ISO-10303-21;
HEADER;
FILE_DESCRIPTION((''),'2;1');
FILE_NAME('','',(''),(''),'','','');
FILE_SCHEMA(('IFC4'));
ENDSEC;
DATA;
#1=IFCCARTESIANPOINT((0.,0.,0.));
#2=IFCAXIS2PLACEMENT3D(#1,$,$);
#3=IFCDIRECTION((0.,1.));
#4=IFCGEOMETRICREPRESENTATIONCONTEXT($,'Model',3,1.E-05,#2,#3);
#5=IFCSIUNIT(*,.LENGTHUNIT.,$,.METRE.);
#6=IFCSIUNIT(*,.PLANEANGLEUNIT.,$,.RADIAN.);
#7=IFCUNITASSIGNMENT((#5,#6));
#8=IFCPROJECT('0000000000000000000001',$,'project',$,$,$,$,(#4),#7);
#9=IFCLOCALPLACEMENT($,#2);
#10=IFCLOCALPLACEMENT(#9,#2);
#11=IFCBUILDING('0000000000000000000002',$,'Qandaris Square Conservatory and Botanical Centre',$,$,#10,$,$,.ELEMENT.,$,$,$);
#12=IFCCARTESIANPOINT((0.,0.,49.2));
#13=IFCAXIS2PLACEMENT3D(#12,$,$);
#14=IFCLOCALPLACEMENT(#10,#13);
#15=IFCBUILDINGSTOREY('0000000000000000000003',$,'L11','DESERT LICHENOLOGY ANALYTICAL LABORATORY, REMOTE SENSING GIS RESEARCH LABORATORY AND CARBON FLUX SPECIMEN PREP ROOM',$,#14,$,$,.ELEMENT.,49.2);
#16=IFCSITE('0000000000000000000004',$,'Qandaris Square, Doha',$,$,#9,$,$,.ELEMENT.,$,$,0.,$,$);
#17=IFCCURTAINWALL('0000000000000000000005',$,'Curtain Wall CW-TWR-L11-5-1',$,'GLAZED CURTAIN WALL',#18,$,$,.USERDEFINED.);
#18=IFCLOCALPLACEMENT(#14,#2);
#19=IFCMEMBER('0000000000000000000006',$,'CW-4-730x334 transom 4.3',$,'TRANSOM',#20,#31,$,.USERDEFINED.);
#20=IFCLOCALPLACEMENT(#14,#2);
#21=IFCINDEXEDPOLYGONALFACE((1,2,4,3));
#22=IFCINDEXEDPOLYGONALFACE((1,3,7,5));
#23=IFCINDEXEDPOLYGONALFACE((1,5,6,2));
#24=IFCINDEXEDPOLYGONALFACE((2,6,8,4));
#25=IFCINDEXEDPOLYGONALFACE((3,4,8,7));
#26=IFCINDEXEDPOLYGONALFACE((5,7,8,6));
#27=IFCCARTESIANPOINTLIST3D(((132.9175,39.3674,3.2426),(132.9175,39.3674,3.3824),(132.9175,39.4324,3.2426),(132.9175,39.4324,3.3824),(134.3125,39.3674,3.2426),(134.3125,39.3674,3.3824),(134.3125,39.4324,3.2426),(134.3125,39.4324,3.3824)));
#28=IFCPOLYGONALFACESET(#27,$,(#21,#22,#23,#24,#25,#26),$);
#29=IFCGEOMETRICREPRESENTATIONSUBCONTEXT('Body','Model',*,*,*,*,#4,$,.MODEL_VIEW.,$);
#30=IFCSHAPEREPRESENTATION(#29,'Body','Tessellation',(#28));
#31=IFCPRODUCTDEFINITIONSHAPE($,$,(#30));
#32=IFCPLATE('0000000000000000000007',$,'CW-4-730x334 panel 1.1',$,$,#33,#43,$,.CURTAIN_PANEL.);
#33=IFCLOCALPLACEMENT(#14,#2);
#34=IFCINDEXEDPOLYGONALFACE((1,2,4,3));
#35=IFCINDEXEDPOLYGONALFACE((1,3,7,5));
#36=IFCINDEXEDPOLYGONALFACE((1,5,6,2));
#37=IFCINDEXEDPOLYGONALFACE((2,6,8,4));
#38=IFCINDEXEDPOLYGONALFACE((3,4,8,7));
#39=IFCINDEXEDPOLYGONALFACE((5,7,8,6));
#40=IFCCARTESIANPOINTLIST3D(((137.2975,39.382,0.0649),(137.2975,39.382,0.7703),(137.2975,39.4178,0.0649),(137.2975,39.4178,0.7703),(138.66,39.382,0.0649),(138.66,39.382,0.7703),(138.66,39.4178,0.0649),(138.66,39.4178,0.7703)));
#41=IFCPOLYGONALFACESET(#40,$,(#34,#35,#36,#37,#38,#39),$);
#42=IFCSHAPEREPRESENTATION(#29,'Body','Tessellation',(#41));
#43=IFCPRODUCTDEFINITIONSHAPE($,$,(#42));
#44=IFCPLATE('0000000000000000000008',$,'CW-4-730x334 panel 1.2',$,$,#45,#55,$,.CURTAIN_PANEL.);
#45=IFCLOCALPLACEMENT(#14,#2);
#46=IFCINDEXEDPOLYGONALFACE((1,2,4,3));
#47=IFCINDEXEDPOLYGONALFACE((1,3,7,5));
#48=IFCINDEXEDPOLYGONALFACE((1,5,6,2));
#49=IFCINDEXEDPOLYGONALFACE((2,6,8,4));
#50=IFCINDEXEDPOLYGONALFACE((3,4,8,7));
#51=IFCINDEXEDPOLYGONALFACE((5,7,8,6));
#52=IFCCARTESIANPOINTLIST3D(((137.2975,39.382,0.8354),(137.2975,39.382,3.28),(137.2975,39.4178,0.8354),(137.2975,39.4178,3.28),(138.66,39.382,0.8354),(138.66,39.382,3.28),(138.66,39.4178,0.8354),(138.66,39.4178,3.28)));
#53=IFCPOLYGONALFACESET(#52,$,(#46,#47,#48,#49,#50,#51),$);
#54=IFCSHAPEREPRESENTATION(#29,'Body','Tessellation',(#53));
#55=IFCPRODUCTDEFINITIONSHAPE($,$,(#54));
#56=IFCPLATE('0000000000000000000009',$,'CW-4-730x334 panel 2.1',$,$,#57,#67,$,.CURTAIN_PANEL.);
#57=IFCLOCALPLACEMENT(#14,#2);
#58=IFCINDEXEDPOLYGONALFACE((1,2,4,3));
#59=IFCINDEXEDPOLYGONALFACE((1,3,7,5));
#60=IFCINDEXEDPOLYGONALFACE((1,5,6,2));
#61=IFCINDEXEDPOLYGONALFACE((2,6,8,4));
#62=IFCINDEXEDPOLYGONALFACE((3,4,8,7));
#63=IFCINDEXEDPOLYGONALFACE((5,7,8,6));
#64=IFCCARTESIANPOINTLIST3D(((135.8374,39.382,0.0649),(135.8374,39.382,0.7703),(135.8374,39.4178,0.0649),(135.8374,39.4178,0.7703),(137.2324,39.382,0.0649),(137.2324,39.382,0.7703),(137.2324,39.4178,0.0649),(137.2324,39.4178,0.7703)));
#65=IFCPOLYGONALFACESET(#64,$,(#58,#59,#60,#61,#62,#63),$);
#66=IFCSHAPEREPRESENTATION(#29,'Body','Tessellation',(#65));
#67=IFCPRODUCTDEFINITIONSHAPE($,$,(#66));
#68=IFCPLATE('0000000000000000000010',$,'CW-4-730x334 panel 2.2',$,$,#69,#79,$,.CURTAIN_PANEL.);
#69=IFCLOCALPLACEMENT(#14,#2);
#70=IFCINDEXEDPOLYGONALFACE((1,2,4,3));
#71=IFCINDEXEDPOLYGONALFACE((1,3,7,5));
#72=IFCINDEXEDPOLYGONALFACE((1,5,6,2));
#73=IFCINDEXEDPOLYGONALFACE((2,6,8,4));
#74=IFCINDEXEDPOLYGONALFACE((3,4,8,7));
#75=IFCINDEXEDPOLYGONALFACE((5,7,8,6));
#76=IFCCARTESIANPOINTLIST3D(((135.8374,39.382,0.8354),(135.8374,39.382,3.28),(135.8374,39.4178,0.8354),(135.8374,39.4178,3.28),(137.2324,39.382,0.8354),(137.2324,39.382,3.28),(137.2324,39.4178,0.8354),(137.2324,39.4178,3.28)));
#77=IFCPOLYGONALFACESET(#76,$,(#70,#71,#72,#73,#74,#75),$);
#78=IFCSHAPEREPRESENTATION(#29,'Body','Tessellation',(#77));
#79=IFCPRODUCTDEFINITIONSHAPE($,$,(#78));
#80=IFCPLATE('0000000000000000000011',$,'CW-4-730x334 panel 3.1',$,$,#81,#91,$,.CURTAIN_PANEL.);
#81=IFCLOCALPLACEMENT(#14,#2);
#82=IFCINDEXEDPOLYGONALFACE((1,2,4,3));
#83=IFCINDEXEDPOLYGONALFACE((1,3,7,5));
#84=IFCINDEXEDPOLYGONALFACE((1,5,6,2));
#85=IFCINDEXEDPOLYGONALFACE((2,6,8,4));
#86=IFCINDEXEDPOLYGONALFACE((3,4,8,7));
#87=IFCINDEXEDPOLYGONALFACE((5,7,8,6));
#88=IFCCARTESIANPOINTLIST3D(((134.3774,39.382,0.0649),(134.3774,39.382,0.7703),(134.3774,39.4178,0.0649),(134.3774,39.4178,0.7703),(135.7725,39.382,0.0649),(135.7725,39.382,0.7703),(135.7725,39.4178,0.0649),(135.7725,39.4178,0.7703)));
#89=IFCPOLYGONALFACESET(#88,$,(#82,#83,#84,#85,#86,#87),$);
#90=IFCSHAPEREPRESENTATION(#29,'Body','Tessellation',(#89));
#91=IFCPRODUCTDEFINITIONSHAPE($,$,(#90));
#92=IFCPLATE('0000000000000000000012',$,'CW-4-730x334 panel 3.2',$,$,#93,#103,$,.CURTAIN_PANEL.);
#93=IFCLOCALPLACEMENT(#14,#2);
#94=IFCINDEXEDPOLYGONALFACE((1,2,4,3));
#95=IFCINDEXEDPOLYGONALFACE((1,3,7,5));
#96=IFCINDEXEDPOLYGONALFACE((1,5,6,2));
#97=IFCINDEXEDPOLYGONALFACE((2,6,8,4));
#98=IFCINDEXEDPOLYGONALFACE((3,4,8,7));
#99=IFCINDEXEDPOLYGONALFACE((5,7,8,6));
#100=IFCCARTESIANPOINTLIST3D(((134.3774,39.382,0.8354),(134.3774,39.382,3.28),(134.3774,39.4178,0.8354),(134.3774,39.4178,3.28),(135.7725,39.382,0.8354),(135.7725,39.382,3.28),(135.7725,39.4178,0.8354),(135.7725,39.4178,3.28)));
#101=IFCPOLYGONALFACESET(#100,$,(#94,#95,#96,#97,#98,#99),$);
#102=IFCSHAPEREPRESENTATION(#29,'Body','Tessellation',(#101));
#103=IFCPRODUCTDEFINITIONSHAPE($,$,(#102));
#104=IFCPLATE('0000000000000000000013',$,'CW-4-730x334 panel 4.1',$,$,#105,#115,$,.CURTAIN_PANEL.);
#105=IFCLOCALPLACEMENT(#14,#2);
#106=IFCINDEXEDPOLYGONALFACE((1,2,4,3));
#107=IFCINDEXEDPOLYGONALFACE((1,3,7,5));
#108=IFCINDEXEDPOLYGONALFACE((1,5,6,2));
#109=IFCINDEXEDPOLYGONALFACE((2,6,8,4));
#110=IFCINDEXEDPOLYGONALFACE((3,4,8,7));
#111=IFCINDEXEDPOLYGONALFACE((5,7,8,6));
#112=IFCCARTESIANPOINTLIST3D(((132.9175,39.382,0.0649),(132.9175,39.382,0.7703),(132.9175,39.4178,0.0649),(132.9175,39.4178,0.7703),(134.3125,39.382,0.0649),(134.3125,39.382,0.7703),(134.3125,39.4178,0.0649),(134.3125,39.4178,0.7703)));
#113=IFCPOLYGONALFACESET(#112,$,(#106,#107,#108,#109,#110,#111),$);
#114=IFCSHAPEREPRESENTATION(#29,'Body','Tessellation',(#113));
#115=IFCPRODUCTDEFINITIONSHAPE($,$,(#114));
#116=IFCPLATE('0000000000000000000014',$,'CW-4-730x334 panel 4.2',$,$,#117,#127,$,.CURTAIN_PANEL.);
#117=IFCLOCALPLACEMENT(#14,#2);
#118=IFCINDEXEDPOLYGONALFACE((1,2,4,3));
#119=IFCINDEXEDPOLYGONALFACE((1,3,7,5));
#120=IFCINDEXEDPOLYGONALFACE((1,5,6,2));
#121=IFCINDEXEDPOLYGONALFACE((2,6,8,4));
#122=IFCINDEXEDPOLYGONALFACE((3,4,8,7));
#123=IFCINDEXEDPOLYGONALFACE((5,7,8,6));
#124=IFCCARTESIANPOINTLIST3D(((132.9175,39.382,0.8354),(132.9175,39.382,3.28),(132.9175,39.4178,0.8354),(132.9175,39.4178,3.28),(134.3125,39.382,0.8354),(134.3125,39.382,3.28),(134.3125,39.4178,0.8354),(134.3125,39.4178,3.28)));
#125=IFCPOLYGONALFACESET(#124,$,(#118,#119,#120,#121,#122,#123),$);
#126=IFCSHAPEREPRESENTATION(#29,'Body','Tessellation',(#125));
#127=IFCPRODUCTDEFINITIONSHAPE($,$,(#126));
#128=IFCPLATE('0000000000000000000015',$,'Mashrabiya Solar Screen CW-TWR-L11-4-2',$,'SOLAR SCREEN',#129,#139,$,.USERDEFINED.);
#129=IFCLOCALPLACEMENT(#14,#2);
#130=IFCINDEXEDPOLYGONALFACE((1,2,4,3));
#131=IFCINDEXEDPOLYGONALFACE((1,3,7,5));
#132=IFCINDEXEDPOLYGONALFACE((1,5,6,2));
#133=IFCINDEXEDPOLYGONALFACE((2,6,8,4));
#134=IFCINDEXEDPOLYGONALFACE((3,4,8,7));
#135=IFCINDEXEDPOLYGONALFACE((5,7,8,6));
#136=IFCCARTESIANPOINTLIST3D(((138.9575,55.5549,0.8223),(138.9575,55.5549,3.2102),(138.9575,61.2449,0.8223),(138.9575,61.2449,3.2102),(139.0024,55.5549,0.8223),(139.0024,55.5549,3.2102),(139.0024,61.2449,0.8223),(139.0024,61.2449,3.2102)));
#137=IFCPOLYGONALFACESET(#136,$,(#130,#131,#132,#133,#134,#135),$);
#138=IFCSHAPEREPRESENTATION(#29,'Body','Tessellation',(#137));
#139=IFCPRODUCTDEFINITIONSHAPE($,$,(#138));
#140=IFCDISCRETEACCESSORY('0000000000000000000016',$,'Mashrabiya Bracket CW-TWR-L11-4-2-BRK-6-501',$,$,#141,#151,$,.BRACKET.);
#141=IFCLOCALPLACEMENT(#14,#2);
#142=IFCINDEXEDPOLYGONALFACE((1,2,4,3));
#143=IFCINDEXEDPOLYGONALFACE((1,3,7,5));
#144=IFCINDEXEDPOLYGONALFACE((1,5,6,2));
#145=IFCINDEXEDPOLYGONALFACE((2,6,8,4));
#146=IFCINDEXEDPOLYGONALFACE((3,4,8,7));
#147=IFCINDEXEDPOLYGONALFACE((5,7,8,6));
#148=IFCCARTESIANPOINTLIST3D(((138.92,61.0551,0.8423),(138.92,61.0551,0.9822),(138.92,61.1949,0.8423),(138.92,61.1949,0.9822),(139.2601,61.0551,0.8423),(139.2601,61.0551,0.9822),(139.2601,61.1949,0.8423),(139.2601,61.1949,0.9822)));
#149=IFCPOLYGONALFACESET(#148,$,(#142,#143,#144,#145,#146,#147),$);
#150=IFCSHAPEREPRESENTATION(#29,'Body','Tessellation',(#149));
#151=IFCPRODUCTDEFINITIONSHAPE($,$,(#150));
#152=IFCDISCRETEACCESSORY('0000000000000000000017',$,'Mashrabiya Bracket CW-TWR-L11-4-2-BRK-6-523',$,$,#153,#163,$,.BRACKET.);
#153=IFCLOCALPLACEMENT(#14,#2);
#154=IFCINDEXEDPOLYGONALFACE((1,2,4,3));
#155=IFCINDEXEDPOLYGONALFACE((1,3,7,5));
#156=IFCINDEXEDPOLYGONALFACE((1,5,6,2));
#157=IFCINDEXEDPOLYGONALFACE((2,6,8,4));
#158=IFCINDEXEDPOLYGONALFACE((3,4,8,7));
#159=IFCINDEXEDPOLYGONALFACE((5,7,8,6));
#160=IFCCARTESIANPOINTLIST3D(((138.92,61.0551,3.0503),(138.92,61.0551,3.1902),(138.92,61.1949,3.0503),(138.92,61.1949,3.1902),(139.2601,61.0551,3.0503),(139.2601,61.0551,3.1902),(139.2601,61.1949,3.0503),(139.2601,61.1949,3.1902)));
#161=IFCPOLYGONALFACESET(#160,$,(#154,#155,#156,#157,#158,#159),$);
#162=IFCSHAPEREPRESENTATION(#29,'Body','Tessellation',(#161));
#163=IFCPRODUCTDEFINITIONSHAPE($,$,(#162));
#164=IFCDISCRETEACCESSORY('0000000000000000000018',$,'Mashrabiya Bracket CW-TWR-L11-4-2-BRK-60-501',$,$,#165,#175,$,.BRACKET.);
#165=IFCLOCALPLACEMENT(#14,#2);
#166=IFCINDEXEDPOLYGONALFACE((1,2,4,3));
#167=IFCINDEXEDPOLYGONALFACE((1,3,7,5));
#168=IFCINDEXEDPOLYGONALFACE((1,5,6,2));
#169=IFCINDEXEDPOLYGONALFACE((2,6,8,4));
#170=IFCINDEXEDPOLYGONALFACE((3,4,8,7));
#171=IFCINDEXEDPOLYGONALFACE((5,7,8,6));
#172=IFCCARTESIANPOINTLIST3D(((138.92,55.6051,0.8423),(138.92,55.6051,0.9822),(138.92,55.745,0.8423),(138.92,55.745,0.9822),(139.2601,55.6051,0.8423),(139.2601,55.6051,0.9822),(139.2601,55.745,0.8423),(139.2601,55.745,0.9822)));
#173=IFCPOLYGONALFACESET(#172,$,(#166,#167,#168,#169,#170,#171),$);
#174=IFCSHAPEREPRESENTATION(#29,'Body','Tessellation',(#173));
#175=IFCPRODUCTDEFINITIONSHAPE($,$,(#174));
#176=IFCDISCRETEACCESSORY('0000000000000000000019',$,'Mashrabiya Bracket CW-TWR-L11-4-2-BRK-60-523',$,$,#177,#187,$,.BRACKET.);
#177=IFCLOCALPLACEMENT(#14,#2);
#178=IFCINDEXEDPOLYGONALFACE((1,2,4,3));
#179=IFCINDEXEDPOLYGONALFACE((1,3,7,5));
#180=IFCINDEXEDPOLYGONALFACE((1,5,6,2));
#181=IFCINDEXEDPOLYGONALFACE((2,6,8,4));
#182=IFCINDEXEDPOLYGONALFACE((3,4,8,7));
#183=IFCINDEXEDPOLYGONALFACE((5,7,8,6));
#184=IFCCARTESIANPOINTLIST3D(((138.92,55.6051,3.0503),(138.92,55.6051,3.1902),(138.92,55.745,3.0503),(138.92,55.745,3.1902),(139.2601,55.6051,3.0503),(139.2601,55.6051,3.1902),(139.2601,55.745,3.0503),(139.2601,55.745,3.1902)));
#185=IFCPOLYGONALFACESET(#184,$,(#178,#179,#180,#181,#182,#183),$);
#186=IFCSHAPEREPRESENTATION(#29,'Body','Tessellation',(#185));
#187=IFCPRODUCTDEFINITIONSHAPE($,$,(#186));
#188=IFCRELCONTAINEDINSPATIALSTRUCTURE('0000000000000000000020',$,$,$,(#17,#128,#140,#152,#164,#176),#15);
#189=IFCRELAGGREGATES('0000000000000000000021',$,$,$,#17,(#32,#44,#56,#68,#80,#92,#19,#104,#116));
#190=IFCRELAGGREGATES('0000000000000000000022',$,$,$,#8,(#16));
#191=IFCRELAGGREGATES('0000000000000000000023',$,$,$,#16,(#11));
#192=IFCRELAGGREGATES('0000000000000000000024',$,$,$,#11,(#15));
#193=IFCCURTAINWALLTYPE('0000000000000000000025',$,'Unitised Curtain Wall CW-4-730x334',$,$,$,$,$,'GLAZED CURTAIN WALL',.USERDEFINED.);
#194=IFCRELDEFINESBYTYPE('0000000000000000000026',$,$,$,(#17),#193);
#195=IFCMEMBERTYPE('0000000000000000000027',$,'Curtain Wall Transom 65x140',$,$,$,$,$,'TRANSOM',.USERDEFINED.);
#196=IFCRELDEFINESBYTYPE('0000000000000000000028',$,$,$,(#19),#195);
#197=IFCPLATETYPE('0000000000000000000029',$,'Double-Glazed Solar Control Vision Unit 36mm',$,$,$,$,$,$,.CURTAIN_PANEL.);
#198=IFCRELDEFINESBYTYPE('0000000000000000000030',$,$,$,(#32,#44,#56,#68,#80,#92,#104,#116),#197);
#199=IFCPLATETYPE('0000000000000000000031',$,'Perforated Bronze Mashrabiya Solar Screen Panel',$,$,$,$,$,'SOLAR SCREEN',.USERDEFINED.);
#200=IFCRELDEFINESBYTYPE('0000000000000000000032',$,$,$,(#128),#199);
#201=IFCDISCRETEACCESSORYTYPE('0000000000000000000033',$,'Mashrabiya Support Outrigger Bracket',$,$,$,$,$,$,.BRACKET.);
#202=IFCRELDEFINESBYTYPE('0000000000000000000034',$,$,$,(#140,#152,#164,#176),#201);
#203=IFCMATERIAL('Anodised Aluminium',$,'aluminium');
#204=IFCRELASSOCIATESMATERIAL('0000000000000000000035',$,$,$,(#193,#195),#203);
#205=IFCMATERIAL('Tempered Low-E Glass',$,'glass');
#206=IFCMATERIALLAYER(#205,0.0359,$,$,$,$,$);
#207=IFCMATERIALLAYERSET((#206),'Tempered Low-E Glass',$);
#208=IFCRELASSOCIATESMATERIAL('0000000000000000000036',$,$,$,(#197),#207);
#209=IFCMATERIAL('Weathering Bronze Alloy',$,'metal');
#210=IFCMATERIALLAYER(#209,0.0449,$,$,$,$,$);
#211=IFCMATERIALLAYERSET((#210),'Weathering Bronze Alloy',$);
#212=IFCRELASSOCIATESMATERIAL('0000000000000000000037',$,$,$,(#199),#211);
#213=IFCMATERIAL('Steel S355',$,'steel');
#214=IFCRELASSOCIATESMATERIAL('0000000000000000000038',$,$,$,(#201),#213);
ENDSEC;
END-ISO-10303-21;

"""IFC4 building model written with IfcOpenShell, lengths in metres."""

from ifc_helpers import new_model, si_unit, direction, frame, origin, origin_2d, place, context, subcontext, project, spatial, rectangle, extrude, material, layer, layer_set, material_profile, profile_set, type_object, element, aggregate, save


model = new_model("IFC4")

# Units and contexts
model_context = context("Model", 3, precision=1e-05, world=origin(), true_north=direction((0.0, 1.0)))
body_context = subcontext(model_context, "Body", "Model", "MODEL_VIEW")
ifc_project = project(units=[si_unit("LENGTHUNIT", "METRE"), si_unit("PLANEANGLEUNIT", "RADIAN")], contexts=[model_context])

# Site, building, storey
site_placement = place(None, origin())
site = spatial("IfcSite", under=ifc_project, at=site_placement, Name="Qandaris Square, Doha", CompositionType="ELEMENT", RefElevation=0.0)
building_placement = place(site_placement, origin())
building = spatial("IfcBuilding", under=site, at=building_placement, Name="Qandaris Square Conservatory and Botanical Centre", CompositionType="ELEMENT")
storey_placement = place(building_placement, frame((0.0, 0.0, 49.2)))
storey = spatial("IfcBuildingStorey", under=building, at=storey_placement, Name="L11", Description="DESERT LICHENOLOGY ANALYTICAL LABORATORY, REMOTE SENSING GIS RESEARCH LABORATORY AND CARBON FLUX SPECIMEN PREP ROOM", CompositionType="ELEMENT", Elevation=49.2)

# Curtain wall, member, plates
ifc_material_1 = material(Name="Anodised Aluminium", Category="aluminium")
curtain_wall_type = type_object("IfcCurtainWallType", Name="Unitised Curtain Wall CW-4-730x334", ElementType="GLAZED CURTAIN WALL", PredefinedType="USERDEFINED", material=ifc_material_1)
curtain_wall_placement = place(storey_placement, origin())
curtain_wall = element("IfcCurtainWall", 1, at=curtain_wall_placement, inside=storey, type_object=curtain_wall_type, Name="Curtain Wall CW-TWR-L11-5-1", ObjectType="GLAZED CURTAIN WALL", PredefinedType="USERDEFINED")
ifc_material_profile_1 = material_profile(ifc_material_1, rectangle(XDim=0.0649, YDim=0.1399, at=origin_2d()), Name="ALU-TRN 65x140")
ifc_profile_set_1 = profile_set([ifc_material_profile_1], Name="Anodised Aluminium")
member_type_1 = type_object("IfcMemberType", Name="Curtain Wall Transom 65x140", ElementType="TRANSOM", PredefinedType="USERDEFINED", material=ifc_profile_set_1)
member_1_placement = place(storey_placement, frame((134.3125, 39.3999, 3.3125), z_axis=(-1.0, 0.0, 0.0), x_axis=(0.0, -1.0, 0.0)))
member_1 = element("IfcMember", 2, at=member_1_placement, type_object=member_type_1, Name="CW-4-730x334 transom 4.3", ObjectType="TRANSOM", PredefinedType="USERDEFINED", context=body_context, shape_type="SweptSolid", body=[
    extrude(rectangle(XDim=0.0649, YDim=0.1399, at=origin_2d()), origin(), (0.0, 0.0, 1.0), 1.395),
])
ifc_material_2 = material(Name="Tempered Low-E Glass", Category="glass")
ifc_layer_1 = layer(ifc_material_2, 0.0359)
ifc_layer_set_1 = layer_set([ifc_layer_1], Name="Tempered Low-E Glass")
plate_type_1 = type_object("IfcPlateType", Name="Double-Glazed Solar Control Vision Unit 36mm", PredefinedType="CURTAIN_PANEL", material=ifc_layer_set_1)
plate_1_placement = place(storey_placement, frame((137.9788, 39.3999, 0.0649), z_axis=(0.0, 0.0, 1.0), x_axis=(-1.0, 0.0, 0.0)))
plate_1 = element("IfcPlate", 3, at=plate_1_placement, type_object=plate_type_1, Name="CW-4-730x334 panel 1.1", PredefinedType="CURTAIN_PANEL", context=body_context, shape_type="SweptSolid", body=[
    extrude(rectangle(XDim=1.3625, YDim=0.0359, at=origin_2d()), origin(), (0.0, 0.0, 1.0), 0.7053),
])
plate_2_placement = place(storey_placement, frame((137.9788, 39.3999, 0.8354), z_axis=(0.0, 0.0, 1.0), x_axis=(-1.0, 0.0, 0.0)))
plate_2 = element("IfcPlate", 4, at=plate_2_placement, type_object=plate_type_1, Name="CW-4-730x334 panel 1.2", PredefinedType="CURTAIN_PANEL", context=body_context, shape_type="SweptSolid", body=[
    extrude(rectangle(XDim=1.3625, YDim=0.0359, at=origin_2d()), origin(), (0.0, 0.0, 1.0), 2.4446),
])
plate_3_placement = place(storey_placement, frame((136.5349, 39.3999, 0.0649), z_axis=(0.0, 0.0, 1.0), x_axis=(-1.0, 0.0, 0.0)))
plate_3 = element("IfcPlate", 5, at=plate_3_placement, type_object=plate_type_1, Name="CW-4-730x334 panel 2.1", PredefinedType="CURTAIN_PANEL", context=body_context, shape_type="SweptSolid", body=[
    extrude(rectangle(XDim=1.395, YDim=0.0359, at=origin_2d()), origin(), (0.0, 0.0, 1.0), 0.7053),
])
plate_4_placement = place(storey_placement, frame((136.5349, 39.3999, 0.8354), z_axis=(0.0, 0.0, 1.0), x_axis=(-1.0, 0.0, 0.0)))
plate_4 = element("IfcPlate", 6, at=plate_4_placement, type_object=plate_type_1, Name="CW-4-730x334 panel 2.2", PredefinedType="CURTAIN_PANEL", context=body_context, shape_type="SweptSolid", body=[
    extrude(rectangle(XDim=1.395, YDim=0.0359, at=origin_2d()), origin(), (0.0, 0.0, 1.0), 2.4446),
])
plate_5_placement = place(storey_placement, frame((135.075, 39.3999, 0.0649), z_axis=(0.0, 0.0, 1.0), x_axis=(-1.0, 0.0, 0.0)))
plate_5 = element("IfcPlate", 7, at=plate_5_placement, type_object=plate_type_1, Name="CW-4-730x334 panel 3.1", PredefinedType="CURTAIN_PANEL", context=body_context, shape_type="SweptSolid", body=[
    extrude(rectangle(XDim=1.395, YDim=0.0359, at=origin_2d()), origin(), (0.0, 0.0, 1.0), 0.7053),
])
plate_6_placement = place(storey_placement, frame((135.075, 39.3999, 0.8354), z_axis=(0.0, 0.0, 1.0), x_axis=(-1.0, 0.0, 0.0)))
plate_6 = element("IfcPlate", 8, at=plate_6_placement, type_object=plate_type_1, Name="CW-4-730x334 panel 3.2", PredefinedType="CURTAIN_PANEL", context=body_context, shape_type="SweptSolid", body=[
    extrude(rectangle(XDim=1.395, YDim=0.0359, at=origin_2d()), origin(), (0.0, 0.0, 1.0), 2.4446),
])
plate_7_placement = place(storey_placement, frame((133.615, 39.3999, 0.0649), z_axis=(0.0, 0.0, 1.0), x_axis=(-1.0, 0.0, 0.0)))
plate_7 = element("IfcPlate", 9, at=plate_7_placement, type_object=plate_type_1, Name="CW-4-730x334 panel 4.1", PredefinedType="CURTAIN_PANEL", context=body_context, shape_type="SweptSolid", body=[
    extrude(rectangle(XDim=1.395, YDim=0.0359, at=origin_2d()), origin(), (0.0, 0.0, 1.0), 0.7053),
])
plate_8_placement = place(storey_placement, frame((133.615, 39.3999, 0.8354), z_axis=(0.0, 0.0, 1.0), x_axis=(-1.0, 0.0, 0.0)))
plate_8 = element("IfcPlate", 10, at=plate_8_placement, type_object=plate_type_1, Name="CW-4-730x334 panel 4.2", PredefinedType="CURTAIN_PANEL", context=body_context, shape_type="SweptSolid", body=[
    extrude(rectangle(XDim=1.395, YDim=0.0359, at=origin_2d()), origin(), (0.0, 0.0, 1.0), 2.4446),
])
aggregate(curtain_wall, [plate_1, plate_2, plate_3, plate_4, plate_5, plate_6, member_1, plate_7, plate_8])

# Plate
ifc_material_3 = material(Name="Weathering Bronze Alloy", Category="metal")
ifc_layer_2 = layer(ifc_material_3, 0.0449)
ifc_layer_set_2 = layer_set([ifc_layer_2], Name="Weathering Bronze Alloy")
plate_type_2 = type_object("IfcPlateType", Name="Perforated Bronze Mashrabiya Solar Screen Panel", ElementType="SOLAR SCREEN", PredefinedType="USERDEFINED", material=ifc_layer_set_2)
plate_9_placement = place(storey_placement, frame((138.98, 58.3999, 0.8223), z_axis=(0.0, 0.0, 1.0), x_axis=(0.0, -1.0, 0.0)))
element("IfcPlate", 11, at=plate_9_placement, inside=storey, type_object=plate_type_2, Name="Mashrabiya Solar Screen CW-TWR-L11-4-2", ObjectType="SOLAR SCREEN", PredefinedType="USERDEFINED", context=body_context, shape_type="SweptSolid", body=[
    extrude(rectangle(XDim=5.6899, YDim=0.0449, at=origin_2d()), origin(), (0.0, 0.0, 1.0), 2.3879),
])

# Discrete accessories
ifc_material_4 = material(Name="Steel S355", Category="steel")
discrete_accessory_type = type_object("IfcDiscreteAccessoryType", Name="Mashrabiya Support Outrigger Bracket", PredefinedType="BRACKET", material=ifc_material_4)
for number, where, z_axis, x_axis, name in (
    (12, (139.0901, 61.125, 0.8423), (0.0, 0.0, 1.0), (0.0, -1.0, 0.0), "Mashrabiya Bracket CW-TWR-L11-4-2-BRK-6-501"),
    (13, (139.0901, 61.125, 3.0503), (0.0, 0.0, 1.0), (0.0, -1.0, 0.0), "Mashrabiya Bracket CW-TWR-L11-4-2-BRK-6-523"),
    (14, (139.0901, 55.675, 0.8423), (0.0, 0.0, 1.0), (0.0, -1.0, 0.0), "Mashrabiya Bracket CW-TWR-L11-4-2-BRK-60-501"),
    (15, (139.0901, 55.675, 3.0503), (0.0, 0.0, 1.0), (0.0, -1.0, 0.0), "Mashrabiya Bracket CW-TWR-L11-4-2-BRK-60-523"),
):
    element("IfcDiscreteAccessory", number, at=place(storey_placement, frame(where, z_axis=z_axis, x_axis=x_axis)), inside=storey, type_object=discrete_accessory_type, Name=name, PredefinedType="BRACKET", context=body_context, shape_type="SweptSolid", body=[
        extrude(rectangle(XDim=0.1399, YDim=0.3401, at=origin_2d()), origin(), (0.0, 0.0, 1.0), 0.1399),
    ])

save(model, "model.ifc")
